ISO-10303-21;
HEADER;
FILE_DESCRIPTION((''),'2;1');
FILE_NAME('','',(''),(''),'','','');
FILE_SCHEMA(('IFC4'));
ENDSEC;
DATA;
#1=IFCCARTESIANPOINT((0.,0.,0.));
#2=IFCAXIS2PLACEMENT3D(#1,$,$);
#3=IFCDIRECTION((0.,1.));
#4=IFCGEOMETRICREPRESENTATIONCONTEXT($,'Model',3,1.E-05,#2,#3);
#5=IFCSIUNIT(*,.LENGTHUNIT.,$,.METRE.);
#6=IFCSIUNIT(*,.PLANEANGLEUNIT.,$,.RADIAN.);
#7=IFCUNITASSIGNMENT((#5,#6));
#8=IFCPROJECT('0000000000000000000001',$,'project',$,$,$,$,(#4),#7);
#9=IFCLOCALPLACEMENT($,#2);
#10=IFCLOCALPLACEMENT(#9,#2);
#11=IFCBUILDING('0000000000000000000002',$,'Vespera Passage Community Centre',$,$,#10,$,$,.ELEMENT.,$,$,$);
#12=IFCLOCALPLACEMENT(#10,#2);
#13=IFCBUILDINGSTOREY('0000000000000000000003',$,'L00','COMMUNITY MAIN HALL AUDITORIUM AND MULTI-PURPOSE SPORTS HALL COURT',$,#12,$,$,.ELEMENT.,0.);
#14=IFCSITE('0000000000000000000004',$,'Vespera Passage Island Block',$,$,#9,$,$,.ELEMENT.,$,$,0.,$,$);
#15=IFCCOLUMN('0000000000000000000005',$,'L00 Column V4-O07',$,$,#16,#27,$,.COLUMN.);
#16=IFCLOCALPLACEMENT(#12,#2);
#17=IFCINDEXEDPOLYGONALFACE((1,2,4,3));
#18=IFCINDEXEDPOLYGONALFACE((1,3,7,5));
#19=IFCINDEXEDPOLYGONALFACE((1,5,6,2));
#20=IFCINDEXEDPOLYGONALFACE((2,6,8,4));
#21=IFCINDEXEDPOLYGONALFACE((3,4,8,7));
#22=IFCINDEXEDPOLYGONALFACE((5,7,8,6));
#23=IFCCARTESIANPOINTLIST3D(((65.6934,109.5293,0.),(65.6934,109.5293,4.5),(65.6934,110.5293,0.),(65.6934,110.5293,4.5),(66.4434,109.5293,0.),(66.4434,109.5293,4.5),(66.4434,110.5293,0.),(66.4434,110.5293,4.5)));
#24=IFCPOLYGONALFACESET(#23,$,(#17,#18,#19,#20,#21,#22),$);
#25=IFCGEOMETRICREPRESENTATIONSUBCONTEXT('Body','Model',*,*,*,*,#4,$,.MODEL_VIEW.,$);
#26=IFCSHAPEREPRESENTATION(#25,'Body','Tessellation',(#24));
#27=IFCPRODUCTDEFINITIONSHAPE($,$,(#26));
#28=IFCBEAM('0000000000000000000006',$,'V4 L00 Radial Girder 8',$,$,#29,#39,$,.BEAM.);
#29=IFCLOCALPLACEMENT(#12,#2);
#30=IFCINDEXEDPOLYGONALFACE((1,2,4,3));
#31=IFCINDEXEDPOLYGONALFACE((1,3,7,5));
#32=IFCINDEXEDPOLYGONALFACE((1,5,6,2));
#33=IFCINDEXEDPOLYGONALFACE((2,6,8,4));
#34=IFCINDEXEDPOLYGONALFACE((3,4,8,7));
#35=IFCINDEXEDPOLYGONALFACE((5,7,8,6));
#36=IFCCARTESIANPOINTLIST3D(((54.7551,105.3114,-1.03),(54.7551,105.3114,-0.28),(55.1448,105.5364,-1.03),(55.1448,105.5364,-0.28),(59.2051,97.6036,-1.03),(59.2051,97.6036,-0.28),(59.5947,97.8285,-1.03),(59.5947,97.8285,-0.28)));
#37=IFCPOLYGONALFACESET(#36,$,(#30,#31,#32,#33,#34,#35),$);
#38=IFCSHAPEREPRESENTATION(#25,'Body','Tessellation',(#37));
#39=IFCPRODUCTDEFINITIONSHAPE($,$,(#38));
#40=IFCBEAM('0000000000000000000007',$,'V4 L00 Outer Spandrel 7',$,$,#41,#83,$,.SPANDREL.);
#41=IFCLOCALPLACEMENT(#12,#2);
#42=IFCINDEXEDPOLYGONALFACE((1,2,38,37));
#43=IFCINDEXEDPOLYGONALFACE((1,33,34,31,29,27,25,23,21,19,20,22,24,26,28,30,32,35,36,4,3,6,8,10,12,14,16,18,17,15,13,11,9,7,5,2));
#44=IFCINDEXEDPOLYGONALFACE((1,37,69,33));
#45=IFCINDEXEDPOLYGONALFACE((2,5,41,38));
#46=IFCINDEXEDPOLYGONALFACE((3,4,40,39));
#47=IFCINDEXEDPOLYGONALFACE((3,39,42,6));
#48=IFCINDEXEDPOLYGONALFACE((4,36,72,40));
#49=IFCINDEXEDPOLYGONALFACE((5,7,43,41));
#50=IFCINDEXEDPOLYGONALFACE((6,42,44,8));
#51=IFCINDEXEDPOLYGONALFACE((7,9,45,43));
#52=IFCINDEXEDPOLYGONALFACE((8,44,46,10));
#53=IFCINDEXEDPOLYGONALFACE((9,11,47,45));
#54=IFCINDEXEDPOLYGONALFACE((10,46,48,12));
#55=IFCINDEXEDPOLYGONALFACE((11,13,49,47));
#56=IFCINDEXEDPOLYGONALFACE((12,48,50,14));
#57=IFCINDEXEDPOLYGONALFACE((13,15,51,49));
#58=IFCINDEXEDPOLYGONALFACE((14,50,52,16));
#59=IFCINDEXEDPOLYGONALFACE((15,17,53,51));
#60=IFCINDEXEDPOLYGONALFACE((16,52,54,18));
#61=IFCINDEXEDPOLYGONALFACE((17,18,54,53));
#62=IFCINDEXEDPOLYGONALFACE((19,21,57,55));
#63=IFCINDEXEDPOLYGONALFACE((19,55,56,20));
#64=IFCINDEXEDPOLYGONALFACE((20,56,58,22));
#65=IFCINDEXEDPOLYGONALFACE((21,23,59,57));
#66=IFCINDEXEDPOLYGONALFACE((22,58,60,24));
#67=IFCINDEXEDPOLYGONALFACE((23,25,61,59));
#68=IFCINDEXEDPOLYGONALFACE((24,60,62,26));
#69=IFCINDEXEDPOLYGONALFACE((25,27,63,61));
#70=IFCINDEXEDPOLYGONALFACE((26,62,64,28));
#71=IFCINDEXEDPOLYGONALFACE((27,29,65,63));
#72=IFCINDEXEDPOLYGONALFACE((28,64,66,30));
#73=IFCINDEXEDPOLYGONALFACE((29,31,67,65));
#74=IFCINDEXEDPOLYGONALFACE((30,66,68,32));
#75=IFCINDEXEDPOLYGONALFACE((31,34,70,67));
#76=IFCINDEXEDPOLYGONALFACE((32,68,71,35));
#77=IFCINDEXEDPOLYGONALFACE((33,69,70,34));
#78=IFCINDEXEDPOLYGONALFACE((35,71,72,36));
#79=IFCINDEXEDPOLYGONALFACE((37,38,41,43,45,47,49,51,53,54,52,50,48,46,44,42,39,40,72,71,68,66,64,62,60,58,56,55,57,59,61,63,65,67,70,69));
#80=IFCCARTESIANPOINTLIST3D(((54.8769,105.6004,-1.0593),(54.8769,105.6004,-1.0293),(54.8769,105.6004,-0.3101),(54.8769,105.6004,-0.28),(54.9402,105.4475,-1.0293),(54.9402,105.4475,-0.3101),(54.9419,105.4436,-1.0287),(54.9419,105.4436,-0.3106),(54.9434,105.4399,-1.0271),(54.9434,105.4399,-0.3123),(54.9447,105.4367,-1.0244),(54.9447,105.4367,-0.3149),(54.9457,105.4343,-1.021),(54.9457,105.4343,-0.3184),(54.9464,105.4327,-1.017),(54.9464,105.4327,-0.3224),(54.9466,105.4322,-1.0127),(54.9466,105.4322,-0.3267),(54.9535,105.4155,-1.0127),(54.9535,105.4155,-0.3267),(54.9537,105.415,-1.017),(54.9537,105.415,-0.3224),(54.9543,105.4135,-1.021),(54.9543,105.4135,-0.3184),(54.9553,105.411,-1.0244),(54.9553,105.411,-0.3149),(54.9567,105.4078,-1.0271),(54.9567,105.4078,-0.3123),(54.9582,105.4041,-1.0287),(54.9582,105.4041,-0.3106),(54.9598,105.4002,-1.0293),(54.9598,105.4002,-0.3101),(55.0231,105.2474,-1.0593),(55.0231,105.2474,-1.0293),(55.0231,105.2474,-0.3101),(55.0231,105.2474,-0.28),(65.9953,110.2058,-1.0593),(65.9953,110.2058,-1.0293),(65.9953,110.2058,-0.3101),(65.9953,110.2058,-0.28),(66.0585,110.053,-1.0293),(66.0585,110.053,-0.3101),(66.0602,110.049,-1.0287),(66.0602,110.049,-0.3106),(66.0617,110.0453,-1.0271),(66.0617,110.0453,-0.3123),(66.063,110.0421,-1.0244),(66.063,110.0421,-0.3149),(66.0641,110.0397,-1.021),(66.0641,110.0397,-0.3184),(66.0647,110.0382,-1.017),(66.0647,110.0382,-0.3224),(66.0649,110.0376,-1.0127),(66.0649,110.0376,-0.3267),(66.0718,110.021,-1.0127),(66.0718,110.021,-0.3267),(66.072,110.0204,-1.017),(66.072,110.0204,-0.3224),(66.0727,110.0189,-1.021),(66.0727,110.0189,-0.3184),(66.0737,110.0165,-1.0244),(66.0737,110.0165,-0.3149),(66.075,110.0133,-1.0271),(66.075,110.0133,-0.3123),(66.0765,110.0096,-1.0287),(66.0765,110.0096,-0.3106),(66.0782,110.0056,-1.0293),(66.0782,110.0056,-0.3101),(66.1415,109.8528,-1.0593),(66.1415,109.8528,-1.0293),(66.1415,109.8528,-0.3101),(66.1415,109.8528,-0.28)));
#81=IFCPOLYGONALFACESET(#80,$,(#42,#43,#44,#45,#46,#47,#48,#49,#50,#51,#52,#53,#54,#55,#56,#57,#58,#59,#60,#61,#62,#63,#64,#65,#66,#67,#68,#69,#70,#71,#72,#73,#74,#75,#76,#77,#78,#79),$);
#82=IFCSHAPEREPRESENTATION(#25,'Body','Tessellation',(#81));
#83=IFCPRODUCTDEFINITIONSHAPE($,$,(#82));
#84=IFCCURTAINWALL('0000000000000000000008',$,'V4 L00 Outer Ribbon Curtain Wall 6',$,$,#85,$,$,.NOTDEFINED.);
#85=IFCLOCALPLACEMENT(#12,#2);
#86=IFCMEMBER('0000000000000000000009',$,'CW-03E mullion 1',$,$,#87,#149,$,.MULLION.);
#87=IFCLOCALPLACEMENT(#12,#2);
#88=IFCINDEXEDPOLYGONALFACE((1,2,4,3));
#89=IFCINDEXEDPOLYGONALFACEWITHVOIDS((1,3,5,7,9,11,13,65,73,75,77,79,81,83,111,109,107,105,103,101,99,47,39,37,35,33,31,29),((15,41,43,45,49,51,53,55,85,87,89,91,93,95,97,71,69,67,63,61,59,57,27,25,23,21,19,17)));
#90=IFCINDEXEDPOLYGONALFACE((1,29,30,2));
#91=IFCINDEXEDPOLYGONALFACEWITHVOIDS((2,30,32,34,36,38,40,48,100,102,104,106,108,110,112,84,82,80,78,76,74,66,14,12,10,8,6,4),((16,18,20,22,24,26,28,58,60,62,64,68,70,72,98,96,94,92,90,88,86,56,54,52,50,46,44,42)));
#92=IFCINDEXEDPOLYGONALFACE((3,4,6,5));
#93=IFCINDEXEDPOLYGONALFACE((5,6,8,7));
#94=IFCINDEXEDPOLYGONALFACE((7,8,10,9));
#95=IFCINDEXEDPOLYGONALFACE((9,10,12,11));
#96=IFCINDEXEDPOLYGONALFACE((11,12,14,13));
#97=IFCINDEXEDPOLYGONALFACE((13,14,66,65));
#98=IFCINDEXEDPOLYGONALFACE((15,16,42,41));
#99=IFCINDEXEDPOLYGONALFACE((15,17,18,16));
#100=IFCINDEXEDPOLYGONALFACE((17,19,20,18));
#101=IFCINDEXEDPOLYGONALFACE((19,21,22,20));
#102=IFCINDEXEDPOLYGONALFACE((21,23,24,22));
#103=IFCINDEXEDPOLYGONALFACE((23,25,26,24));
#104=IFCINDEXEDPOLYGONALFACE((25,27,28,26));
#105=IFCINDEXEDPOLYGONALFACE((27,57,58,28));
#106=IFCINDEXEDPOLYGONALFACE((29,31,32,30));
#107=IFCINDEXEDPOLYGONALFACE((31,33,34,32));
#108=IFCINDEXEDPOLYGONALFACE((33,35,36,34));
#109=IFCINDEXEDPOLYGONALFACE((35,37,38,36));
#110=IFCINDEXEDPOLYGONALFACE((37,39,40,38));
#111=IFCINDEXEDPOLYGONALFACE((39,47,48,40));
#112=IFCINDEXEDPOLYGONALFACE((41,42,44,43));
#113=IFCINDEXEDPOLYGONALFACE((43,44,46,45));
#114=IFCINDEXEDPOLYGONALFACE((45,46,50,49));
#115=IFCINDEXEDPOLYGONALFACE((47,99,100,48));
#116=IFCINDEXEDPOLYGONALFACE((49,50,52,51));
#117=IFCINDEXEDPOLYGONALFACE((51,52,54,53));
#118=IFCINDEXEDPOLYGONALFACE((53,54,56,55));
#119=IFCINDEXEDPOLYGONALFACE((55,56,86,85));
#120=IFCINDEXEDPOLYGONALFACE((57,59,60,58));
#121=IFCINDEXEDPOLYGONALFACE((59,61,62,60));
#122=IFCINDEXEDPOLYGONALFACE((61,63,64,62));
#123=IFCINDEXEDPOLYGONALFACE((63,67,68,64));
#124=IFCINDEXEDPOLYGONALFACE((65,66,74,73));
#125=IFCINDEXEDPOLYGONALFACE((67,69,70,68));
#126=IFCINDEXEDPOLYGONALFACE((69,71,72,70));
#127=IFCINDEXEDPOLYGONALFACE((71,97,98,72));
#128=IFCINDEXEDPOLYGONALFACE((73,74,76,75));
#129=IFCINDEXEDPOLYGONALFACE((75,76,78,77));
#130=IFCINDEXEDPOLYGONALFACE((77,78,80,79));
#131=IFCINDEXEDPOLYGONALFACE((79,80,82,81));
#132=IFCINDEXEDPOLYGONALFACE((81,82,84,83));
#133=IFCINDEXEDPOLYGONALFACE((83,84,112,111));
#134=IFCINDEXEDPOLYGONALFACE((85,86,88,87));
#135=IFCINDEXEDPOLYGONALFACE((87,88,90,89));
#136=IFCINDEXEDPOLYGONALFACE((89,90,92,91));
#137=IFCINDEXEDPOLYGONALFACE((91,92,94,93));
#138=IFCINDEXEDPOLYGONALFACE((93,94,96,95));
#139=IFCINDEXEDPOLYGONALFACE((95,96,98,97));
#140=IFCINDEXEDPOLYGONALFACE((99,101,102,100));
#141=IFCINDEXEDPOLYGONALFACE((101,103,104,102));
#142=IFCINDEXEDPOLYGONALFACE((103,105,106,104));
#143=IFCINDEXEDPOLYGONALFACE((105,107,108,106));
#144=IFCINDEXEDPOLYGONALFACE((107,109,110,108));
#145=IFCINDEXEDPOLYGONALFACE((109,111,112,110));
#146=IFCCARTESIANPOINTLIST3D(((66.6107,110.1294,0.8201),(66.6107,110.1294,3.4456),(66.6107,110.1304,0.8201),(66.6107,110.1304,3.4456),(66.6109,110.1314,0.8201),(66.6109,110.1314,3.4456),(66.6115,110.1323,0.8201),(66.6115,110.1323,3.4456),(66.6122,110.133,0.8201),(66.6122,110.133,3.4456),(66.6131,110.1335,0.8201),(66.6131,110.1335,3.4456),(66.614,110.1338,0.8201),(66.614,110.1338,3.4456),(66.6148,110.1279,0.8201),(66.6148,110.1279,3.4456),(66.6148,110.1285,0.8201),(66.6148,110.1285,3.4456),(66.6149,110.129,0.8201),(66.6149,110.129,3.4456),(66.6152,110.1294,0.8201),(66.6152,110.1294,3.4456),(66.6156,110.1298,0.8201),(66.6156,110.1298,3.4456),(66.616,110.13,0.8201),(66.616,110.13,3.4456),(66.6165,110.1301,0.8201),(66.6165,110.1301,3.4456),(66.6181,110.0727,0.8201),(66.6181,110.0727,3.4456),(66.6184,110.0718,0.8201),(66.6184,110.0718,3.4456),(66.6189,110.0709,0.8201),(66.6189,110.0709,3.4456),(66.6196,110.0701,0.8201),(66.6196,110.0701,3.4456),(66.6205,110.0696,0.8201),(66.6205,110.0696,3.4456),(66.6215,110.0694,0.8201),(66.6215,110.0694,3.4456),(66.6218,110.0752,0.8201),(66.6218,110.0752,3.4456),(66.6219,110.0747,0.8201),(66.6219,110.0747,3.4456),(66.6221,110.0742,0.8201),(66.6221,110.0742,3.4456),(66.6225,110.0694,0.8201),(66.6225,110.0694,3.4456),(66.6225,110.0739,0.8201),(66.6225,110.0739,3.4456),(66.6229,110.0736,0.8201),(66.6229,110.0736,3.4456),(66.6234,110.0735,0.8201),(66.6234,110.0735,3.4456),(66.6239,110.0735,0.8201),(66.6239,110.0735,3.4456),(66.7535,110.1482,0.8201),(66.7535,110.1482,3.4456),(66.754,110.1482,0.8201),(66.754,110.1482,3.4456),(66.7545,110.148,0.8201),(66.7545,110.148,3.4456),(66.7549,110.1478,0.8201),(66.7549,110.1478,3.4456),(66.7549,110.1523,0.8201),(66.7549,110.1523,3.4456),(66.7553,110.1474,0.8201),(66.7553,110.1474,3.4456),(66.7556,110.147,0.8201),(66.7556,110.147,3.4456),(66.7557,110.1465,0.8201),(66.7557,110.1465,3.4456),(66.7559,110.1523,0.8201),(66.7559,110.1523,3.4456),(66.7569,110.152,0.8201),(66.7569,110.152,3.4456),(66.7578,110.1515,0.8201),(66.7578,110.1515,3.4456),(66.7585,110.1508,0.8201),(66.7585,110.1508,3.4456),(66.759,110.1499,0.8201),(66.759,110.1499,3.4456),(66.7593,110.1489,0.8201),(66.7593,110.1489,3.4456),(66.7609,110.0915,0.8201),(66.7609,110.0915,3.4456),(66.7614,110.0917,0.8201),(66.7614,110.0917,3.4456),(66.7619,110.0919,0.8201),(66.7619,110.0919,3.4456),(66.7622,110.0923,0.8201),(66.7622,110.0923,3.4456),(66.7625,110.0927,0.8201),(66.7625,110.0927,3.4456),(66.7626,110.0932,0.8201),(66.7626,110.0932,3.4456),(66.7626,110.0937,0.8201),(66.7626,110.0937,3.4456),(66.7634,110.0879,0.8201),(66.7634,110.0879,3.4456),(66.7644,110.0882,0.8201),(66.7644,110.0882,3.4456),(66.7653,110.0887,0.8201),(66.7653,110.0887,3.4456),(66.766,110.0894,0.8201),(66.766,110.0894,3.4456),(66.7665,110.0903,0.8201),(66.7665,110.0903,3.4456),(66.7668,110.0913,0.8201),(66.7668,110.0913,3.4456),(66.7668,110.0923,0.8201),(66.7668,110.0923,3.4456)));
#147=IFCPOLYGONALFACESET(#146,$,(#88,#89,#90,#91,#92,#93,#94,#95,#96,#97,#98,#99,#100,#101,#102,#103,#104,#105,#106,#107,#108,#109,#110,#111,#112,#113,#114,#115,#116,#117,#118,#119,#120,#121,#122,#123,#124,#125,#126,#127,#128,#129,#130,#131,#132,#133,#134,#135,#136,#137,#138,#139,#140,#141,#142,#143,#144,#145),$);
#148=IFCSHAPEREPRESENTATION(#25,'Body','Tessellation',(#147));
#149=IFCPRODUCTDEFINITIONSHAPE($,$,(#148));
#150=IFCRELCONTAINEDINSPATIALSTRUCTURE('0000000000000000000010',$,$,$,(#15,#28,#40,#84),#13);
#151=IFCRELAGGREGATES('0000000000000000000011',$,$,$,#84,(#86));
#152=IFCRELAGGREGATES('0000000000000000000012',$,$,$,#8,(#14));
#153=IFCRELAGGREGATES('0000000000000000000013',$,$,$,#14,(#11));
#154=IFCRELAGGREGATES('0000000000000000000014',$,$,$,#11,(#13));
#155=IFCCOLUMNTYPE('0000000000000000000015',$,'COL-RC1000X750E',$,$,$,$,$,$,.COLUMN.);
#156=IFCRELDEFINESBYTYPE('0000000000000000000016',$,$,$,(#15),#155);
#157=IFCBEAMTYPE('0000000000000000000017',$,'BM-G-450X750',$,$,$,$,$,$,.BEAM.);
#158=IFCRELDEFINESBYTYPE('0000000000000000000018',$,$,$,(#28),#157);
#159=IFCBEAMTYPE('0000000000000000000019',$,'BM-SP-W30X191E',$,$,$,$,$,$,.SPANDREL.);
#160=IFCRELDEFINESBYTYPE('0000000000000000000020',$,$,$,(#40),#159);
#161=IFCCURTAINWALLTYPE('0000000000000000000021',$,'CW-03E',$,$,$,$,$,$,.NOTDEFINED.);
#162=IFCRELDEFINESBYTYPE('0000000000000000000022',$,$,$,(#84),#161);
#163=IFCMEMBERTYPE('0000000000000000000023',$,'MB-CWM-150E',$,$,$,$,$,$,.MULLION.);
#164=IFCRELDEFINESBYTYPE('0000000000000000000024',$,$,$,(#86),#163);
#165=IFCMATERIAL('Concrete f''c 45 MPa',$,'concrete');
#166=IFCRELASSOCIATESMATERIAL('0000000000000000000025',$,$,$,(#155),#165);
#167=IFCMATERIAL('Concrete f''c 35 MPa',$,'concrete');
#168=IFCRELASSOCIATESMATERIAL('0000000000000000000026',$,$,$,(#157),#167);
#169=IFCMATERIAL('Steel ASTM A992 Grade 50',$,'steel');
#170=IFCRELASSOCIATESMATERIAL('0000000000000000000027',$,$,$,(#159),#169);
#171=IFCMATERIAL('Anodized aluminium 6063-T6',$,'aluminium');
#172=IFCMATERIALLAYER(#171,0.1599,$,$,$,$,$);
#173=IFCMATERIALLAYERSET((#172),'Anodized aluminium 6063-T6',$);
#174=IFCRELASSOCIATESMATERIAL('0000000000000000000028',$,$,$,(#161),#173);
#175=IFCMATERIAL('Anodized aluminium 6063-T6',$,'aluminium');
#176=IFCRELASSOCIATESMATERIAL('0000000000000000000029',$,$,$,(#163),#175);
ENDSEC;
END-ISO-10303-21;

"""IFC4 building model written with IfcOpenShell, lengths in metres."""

from ifc_helpers import new_model, si_unit, direction, frame, origin, origin_2d, place, context, subcontext, project, spatial, rectangle, hollow_rectangle, i_section, extrude, material, layer, layer_set, material_profile, profile_set, type_object, element, aggregate, save


model = new_model("IFC4")

# Units and contexts
model_context = context("Model", 3, precision=1e-05, world=origin(), true_north=direction((0.0, 1.0)))
body_context = subcontext(model_context, "Body", "Model", "MODEL_VIEW")
ifc_project = project(units=[si_unit("LENGTHUNIT", "METRE"), si_unit("PLANEANGLEUNIT", "RADIAN")], contexts=[model_context])

# Site, building, storey
site_placement = place(None, origin())
site = spatial("IfcSite", under=ifc_project, at=site_placement, Name="Vespera Passage Island Block", CompositionType="ELEMENT", RefElevation=0.0)
building_placement = place(site_placement, origin())
building = spatial("IfcBuilding", under=site, at=building_placement, Name="Vespera Passage Community Centre", CompositionType="ELEMENT")
storey_placement = place(building_placement, origin())
storey = spatial("IfcBuildingStorey", under=building, at=storey_placement, Name="L00", Description="COMMUNITY MAIN HALL AUDITORIUM AND MULTI-PURPOSE SPORTS HALL COURT", CompositionType="ELEMENT", Elevation=0.0)

# Column
ifc_material_1 = material(Name="Concrete f'c 45 MPa", Category="concrete")
ifc_material_profile_1 = material_profile(ifc_material_1, rectangle(XDim=0.75, YDim=1.0, at=origin_2d()), Name="RC1000X750")
ifc_profile_set_1 = profile_set([ifc_material_profile_1], Name="Concrete f'c 45 MPa")
column_type = type_object("IfcColumnType", Name="COL-RC1000X750E", PredefinedType="COLUMN", material=ifc_profile_set_1)
column_placement = place(storey_placement, frame((66.0684, 110.0293, 0.0), z_axis=(0.0, 0.0, 1.0), x_axis=(1.0, 0.0, 0.0)))
element("IfcColumn", 1, at=column_placement, inside=storey, type_object=column_type, Name="L00 Column V4-O07", PredefinedType="COLUMN", context=body_context, shape_type="SweptSolid", body=[
    extrude(rectangle(XDim=0.75, YDim=1.0, at=origin_2d()), origin(), (0.0, 0.0, 1.0), 4.5),
])

# Beams
ifc_material_2 = material(Name="Concrete f'c 35 MPa", Category="concrete")
ifc_material_profile_2 = material_profile(ifc_material_2, rectangle(XDim=0.45, YDim=0.75, at=origin_2d()), Name="RC450X750")
ifc_profile_set_2 = profile_set([ifc_material_profile_2], Name="Concrete f'c 35 MPa")
beam_type_1 = type_object("IfcBeamType", Name="BM-G-450X750", PredefinedType="BEAM", material=ifc_profile_set_2)
beam_1_placement = place(storey_placement, frame((59.3999, 97.7161, -0.655), z_axis=(-0.499989, 0.866032, 0.0), x_axis=(-0.866032, -0.499989, 0.0)))
element("IfcBeam", 2, at=beam_1_placement, inside=storey, type_object=beam_type_1, Name="V4 L00 Radial Girder 8", PredefinedType="BEAM", context=body_context, shape_type="SweptSolid", body=[
    extrude(rectangle(XDim=0.45, YDim=0.75, at=origin_2d()), origin(), (0.0, 0.0, 1.0), 8.9001),
])
ifc_material_3 = material(Name="Steel ASTM A992 Grade 50", Category="steel")
ifc_material_profile_3 = material_profile(ifc_material_3, i_section(OverallWidth=0.3821, OverallDepth=0.7793, WebThickness=0.0181, FlangeThickness=0.03, FilletRadius=0.0166, at=origin_2d()), Name="W30X191")
ifc_profile_set_3 = profile_set([ifc_material_profile_3], Name="Steel ASTM A992 Grade 50")
beam_type_2 = type_object("IfcBeamType", Name="BM-SP-W30X191E", PredefinedType="SPANDREL", material=ifc_profile_set_3)
beam_2_placement = place(storey_placement, frame((66.0684, 110.0293, -0.6697), z_axis=(-0.923877, -0.382689, 0.0), x_axis=(0.382689, -0.923877, 0.0)))
element("IfcBeam", 3, at=beam_2_placement, inside=storey, type_object=beam_type_2, Name="V4 L00 Outer Spandrel 7", PredefinedType="SPANDREL", context=body_context, shape_type="SweptSolid", body=[
    extrude(i_section(OverallWidth=0.3821, OverallDepth=0.7793, WebThickness=0.0181, FlangeThickness=0.03, FilletRadius=0.0166, at=origin_2d()), origin(), (0.0, 0.0, 1.0), 12.0344),
])

# Curtain wall, member
ifc_material_4 = material(Name="Anodized aluminium 6063-T6", Category="aluminium")
ifc_layer_1 = layer(ifc_material_4, 0.1599)
ifc_layer_set_1 = layer_set([ifc_layer_1], Name="Anodized aluminium 6063-T6")
curtain_wall_type_1 = type_object("IfcCurtainWallType", Name="CW-03E", PredefinedType="NOTDEFINED", material=ifc_layer_set_1)
curtain_wall_1_placement = place(storey_placement, origin())
curtain_wall_1 = element("IfcCurtainWall", 4, at=curtain_wall_1_placement, inside=storey, type_object=curtain_wall_type_1, Name="V4 L00 Outer Ribbon Curtain Wall 6", PredefinedType="NOTDEFINED")
ifc_material_5 = material(Name="Anodized aluminium 6063-T6", Category="aluminium")
ifc_material_profile_4 = material_profile(ifc_material_5, hollow_rectangle(XDim=0.0649, YDim=0.1499, WallThickness=0.0039, InnerFilletRadius=0.002, OuterFilletRadius=0.0039, at=origin_2d()), Name="ALU150X65X4")
ifc_profile_set_4 = profile_set([ifc_material_profile_4], Name="Anodized aluminium 6063-T6")
member_type_1 = type_object("IfcMemberType", Name="MB-CWM-150E", PredefinedType="MULLION", material=ifc_profile_set_4)
member_1_placement = place(storey_placement, frame((66.6887, 110.1108, 0.8201), z_axis=(0.0, 0.0, 1.0), x_axis=(-0.130531, 0.991444, 0.0)))
member_1 = element("IfcMember", 5, at=member_1_placement, type_object=member_type_1, Name="CW-03E mullion 1", PredefinedType="MULLION", context=body_context, shape_type="SweptSolid", body=[
    extrude(hollow_rectangle(XDim=0.0649, YDim=0.1499, WallThickness=0.0039, InnerFilletRadius=0.002, OuterFilletRadius=0.0039, at=origin_2d()), origin(), (0.0, 0.0, 1.0), 2.6255),
])

aggregate(curtain_wall_1, [member_1])

save(model, "model.ifc")
